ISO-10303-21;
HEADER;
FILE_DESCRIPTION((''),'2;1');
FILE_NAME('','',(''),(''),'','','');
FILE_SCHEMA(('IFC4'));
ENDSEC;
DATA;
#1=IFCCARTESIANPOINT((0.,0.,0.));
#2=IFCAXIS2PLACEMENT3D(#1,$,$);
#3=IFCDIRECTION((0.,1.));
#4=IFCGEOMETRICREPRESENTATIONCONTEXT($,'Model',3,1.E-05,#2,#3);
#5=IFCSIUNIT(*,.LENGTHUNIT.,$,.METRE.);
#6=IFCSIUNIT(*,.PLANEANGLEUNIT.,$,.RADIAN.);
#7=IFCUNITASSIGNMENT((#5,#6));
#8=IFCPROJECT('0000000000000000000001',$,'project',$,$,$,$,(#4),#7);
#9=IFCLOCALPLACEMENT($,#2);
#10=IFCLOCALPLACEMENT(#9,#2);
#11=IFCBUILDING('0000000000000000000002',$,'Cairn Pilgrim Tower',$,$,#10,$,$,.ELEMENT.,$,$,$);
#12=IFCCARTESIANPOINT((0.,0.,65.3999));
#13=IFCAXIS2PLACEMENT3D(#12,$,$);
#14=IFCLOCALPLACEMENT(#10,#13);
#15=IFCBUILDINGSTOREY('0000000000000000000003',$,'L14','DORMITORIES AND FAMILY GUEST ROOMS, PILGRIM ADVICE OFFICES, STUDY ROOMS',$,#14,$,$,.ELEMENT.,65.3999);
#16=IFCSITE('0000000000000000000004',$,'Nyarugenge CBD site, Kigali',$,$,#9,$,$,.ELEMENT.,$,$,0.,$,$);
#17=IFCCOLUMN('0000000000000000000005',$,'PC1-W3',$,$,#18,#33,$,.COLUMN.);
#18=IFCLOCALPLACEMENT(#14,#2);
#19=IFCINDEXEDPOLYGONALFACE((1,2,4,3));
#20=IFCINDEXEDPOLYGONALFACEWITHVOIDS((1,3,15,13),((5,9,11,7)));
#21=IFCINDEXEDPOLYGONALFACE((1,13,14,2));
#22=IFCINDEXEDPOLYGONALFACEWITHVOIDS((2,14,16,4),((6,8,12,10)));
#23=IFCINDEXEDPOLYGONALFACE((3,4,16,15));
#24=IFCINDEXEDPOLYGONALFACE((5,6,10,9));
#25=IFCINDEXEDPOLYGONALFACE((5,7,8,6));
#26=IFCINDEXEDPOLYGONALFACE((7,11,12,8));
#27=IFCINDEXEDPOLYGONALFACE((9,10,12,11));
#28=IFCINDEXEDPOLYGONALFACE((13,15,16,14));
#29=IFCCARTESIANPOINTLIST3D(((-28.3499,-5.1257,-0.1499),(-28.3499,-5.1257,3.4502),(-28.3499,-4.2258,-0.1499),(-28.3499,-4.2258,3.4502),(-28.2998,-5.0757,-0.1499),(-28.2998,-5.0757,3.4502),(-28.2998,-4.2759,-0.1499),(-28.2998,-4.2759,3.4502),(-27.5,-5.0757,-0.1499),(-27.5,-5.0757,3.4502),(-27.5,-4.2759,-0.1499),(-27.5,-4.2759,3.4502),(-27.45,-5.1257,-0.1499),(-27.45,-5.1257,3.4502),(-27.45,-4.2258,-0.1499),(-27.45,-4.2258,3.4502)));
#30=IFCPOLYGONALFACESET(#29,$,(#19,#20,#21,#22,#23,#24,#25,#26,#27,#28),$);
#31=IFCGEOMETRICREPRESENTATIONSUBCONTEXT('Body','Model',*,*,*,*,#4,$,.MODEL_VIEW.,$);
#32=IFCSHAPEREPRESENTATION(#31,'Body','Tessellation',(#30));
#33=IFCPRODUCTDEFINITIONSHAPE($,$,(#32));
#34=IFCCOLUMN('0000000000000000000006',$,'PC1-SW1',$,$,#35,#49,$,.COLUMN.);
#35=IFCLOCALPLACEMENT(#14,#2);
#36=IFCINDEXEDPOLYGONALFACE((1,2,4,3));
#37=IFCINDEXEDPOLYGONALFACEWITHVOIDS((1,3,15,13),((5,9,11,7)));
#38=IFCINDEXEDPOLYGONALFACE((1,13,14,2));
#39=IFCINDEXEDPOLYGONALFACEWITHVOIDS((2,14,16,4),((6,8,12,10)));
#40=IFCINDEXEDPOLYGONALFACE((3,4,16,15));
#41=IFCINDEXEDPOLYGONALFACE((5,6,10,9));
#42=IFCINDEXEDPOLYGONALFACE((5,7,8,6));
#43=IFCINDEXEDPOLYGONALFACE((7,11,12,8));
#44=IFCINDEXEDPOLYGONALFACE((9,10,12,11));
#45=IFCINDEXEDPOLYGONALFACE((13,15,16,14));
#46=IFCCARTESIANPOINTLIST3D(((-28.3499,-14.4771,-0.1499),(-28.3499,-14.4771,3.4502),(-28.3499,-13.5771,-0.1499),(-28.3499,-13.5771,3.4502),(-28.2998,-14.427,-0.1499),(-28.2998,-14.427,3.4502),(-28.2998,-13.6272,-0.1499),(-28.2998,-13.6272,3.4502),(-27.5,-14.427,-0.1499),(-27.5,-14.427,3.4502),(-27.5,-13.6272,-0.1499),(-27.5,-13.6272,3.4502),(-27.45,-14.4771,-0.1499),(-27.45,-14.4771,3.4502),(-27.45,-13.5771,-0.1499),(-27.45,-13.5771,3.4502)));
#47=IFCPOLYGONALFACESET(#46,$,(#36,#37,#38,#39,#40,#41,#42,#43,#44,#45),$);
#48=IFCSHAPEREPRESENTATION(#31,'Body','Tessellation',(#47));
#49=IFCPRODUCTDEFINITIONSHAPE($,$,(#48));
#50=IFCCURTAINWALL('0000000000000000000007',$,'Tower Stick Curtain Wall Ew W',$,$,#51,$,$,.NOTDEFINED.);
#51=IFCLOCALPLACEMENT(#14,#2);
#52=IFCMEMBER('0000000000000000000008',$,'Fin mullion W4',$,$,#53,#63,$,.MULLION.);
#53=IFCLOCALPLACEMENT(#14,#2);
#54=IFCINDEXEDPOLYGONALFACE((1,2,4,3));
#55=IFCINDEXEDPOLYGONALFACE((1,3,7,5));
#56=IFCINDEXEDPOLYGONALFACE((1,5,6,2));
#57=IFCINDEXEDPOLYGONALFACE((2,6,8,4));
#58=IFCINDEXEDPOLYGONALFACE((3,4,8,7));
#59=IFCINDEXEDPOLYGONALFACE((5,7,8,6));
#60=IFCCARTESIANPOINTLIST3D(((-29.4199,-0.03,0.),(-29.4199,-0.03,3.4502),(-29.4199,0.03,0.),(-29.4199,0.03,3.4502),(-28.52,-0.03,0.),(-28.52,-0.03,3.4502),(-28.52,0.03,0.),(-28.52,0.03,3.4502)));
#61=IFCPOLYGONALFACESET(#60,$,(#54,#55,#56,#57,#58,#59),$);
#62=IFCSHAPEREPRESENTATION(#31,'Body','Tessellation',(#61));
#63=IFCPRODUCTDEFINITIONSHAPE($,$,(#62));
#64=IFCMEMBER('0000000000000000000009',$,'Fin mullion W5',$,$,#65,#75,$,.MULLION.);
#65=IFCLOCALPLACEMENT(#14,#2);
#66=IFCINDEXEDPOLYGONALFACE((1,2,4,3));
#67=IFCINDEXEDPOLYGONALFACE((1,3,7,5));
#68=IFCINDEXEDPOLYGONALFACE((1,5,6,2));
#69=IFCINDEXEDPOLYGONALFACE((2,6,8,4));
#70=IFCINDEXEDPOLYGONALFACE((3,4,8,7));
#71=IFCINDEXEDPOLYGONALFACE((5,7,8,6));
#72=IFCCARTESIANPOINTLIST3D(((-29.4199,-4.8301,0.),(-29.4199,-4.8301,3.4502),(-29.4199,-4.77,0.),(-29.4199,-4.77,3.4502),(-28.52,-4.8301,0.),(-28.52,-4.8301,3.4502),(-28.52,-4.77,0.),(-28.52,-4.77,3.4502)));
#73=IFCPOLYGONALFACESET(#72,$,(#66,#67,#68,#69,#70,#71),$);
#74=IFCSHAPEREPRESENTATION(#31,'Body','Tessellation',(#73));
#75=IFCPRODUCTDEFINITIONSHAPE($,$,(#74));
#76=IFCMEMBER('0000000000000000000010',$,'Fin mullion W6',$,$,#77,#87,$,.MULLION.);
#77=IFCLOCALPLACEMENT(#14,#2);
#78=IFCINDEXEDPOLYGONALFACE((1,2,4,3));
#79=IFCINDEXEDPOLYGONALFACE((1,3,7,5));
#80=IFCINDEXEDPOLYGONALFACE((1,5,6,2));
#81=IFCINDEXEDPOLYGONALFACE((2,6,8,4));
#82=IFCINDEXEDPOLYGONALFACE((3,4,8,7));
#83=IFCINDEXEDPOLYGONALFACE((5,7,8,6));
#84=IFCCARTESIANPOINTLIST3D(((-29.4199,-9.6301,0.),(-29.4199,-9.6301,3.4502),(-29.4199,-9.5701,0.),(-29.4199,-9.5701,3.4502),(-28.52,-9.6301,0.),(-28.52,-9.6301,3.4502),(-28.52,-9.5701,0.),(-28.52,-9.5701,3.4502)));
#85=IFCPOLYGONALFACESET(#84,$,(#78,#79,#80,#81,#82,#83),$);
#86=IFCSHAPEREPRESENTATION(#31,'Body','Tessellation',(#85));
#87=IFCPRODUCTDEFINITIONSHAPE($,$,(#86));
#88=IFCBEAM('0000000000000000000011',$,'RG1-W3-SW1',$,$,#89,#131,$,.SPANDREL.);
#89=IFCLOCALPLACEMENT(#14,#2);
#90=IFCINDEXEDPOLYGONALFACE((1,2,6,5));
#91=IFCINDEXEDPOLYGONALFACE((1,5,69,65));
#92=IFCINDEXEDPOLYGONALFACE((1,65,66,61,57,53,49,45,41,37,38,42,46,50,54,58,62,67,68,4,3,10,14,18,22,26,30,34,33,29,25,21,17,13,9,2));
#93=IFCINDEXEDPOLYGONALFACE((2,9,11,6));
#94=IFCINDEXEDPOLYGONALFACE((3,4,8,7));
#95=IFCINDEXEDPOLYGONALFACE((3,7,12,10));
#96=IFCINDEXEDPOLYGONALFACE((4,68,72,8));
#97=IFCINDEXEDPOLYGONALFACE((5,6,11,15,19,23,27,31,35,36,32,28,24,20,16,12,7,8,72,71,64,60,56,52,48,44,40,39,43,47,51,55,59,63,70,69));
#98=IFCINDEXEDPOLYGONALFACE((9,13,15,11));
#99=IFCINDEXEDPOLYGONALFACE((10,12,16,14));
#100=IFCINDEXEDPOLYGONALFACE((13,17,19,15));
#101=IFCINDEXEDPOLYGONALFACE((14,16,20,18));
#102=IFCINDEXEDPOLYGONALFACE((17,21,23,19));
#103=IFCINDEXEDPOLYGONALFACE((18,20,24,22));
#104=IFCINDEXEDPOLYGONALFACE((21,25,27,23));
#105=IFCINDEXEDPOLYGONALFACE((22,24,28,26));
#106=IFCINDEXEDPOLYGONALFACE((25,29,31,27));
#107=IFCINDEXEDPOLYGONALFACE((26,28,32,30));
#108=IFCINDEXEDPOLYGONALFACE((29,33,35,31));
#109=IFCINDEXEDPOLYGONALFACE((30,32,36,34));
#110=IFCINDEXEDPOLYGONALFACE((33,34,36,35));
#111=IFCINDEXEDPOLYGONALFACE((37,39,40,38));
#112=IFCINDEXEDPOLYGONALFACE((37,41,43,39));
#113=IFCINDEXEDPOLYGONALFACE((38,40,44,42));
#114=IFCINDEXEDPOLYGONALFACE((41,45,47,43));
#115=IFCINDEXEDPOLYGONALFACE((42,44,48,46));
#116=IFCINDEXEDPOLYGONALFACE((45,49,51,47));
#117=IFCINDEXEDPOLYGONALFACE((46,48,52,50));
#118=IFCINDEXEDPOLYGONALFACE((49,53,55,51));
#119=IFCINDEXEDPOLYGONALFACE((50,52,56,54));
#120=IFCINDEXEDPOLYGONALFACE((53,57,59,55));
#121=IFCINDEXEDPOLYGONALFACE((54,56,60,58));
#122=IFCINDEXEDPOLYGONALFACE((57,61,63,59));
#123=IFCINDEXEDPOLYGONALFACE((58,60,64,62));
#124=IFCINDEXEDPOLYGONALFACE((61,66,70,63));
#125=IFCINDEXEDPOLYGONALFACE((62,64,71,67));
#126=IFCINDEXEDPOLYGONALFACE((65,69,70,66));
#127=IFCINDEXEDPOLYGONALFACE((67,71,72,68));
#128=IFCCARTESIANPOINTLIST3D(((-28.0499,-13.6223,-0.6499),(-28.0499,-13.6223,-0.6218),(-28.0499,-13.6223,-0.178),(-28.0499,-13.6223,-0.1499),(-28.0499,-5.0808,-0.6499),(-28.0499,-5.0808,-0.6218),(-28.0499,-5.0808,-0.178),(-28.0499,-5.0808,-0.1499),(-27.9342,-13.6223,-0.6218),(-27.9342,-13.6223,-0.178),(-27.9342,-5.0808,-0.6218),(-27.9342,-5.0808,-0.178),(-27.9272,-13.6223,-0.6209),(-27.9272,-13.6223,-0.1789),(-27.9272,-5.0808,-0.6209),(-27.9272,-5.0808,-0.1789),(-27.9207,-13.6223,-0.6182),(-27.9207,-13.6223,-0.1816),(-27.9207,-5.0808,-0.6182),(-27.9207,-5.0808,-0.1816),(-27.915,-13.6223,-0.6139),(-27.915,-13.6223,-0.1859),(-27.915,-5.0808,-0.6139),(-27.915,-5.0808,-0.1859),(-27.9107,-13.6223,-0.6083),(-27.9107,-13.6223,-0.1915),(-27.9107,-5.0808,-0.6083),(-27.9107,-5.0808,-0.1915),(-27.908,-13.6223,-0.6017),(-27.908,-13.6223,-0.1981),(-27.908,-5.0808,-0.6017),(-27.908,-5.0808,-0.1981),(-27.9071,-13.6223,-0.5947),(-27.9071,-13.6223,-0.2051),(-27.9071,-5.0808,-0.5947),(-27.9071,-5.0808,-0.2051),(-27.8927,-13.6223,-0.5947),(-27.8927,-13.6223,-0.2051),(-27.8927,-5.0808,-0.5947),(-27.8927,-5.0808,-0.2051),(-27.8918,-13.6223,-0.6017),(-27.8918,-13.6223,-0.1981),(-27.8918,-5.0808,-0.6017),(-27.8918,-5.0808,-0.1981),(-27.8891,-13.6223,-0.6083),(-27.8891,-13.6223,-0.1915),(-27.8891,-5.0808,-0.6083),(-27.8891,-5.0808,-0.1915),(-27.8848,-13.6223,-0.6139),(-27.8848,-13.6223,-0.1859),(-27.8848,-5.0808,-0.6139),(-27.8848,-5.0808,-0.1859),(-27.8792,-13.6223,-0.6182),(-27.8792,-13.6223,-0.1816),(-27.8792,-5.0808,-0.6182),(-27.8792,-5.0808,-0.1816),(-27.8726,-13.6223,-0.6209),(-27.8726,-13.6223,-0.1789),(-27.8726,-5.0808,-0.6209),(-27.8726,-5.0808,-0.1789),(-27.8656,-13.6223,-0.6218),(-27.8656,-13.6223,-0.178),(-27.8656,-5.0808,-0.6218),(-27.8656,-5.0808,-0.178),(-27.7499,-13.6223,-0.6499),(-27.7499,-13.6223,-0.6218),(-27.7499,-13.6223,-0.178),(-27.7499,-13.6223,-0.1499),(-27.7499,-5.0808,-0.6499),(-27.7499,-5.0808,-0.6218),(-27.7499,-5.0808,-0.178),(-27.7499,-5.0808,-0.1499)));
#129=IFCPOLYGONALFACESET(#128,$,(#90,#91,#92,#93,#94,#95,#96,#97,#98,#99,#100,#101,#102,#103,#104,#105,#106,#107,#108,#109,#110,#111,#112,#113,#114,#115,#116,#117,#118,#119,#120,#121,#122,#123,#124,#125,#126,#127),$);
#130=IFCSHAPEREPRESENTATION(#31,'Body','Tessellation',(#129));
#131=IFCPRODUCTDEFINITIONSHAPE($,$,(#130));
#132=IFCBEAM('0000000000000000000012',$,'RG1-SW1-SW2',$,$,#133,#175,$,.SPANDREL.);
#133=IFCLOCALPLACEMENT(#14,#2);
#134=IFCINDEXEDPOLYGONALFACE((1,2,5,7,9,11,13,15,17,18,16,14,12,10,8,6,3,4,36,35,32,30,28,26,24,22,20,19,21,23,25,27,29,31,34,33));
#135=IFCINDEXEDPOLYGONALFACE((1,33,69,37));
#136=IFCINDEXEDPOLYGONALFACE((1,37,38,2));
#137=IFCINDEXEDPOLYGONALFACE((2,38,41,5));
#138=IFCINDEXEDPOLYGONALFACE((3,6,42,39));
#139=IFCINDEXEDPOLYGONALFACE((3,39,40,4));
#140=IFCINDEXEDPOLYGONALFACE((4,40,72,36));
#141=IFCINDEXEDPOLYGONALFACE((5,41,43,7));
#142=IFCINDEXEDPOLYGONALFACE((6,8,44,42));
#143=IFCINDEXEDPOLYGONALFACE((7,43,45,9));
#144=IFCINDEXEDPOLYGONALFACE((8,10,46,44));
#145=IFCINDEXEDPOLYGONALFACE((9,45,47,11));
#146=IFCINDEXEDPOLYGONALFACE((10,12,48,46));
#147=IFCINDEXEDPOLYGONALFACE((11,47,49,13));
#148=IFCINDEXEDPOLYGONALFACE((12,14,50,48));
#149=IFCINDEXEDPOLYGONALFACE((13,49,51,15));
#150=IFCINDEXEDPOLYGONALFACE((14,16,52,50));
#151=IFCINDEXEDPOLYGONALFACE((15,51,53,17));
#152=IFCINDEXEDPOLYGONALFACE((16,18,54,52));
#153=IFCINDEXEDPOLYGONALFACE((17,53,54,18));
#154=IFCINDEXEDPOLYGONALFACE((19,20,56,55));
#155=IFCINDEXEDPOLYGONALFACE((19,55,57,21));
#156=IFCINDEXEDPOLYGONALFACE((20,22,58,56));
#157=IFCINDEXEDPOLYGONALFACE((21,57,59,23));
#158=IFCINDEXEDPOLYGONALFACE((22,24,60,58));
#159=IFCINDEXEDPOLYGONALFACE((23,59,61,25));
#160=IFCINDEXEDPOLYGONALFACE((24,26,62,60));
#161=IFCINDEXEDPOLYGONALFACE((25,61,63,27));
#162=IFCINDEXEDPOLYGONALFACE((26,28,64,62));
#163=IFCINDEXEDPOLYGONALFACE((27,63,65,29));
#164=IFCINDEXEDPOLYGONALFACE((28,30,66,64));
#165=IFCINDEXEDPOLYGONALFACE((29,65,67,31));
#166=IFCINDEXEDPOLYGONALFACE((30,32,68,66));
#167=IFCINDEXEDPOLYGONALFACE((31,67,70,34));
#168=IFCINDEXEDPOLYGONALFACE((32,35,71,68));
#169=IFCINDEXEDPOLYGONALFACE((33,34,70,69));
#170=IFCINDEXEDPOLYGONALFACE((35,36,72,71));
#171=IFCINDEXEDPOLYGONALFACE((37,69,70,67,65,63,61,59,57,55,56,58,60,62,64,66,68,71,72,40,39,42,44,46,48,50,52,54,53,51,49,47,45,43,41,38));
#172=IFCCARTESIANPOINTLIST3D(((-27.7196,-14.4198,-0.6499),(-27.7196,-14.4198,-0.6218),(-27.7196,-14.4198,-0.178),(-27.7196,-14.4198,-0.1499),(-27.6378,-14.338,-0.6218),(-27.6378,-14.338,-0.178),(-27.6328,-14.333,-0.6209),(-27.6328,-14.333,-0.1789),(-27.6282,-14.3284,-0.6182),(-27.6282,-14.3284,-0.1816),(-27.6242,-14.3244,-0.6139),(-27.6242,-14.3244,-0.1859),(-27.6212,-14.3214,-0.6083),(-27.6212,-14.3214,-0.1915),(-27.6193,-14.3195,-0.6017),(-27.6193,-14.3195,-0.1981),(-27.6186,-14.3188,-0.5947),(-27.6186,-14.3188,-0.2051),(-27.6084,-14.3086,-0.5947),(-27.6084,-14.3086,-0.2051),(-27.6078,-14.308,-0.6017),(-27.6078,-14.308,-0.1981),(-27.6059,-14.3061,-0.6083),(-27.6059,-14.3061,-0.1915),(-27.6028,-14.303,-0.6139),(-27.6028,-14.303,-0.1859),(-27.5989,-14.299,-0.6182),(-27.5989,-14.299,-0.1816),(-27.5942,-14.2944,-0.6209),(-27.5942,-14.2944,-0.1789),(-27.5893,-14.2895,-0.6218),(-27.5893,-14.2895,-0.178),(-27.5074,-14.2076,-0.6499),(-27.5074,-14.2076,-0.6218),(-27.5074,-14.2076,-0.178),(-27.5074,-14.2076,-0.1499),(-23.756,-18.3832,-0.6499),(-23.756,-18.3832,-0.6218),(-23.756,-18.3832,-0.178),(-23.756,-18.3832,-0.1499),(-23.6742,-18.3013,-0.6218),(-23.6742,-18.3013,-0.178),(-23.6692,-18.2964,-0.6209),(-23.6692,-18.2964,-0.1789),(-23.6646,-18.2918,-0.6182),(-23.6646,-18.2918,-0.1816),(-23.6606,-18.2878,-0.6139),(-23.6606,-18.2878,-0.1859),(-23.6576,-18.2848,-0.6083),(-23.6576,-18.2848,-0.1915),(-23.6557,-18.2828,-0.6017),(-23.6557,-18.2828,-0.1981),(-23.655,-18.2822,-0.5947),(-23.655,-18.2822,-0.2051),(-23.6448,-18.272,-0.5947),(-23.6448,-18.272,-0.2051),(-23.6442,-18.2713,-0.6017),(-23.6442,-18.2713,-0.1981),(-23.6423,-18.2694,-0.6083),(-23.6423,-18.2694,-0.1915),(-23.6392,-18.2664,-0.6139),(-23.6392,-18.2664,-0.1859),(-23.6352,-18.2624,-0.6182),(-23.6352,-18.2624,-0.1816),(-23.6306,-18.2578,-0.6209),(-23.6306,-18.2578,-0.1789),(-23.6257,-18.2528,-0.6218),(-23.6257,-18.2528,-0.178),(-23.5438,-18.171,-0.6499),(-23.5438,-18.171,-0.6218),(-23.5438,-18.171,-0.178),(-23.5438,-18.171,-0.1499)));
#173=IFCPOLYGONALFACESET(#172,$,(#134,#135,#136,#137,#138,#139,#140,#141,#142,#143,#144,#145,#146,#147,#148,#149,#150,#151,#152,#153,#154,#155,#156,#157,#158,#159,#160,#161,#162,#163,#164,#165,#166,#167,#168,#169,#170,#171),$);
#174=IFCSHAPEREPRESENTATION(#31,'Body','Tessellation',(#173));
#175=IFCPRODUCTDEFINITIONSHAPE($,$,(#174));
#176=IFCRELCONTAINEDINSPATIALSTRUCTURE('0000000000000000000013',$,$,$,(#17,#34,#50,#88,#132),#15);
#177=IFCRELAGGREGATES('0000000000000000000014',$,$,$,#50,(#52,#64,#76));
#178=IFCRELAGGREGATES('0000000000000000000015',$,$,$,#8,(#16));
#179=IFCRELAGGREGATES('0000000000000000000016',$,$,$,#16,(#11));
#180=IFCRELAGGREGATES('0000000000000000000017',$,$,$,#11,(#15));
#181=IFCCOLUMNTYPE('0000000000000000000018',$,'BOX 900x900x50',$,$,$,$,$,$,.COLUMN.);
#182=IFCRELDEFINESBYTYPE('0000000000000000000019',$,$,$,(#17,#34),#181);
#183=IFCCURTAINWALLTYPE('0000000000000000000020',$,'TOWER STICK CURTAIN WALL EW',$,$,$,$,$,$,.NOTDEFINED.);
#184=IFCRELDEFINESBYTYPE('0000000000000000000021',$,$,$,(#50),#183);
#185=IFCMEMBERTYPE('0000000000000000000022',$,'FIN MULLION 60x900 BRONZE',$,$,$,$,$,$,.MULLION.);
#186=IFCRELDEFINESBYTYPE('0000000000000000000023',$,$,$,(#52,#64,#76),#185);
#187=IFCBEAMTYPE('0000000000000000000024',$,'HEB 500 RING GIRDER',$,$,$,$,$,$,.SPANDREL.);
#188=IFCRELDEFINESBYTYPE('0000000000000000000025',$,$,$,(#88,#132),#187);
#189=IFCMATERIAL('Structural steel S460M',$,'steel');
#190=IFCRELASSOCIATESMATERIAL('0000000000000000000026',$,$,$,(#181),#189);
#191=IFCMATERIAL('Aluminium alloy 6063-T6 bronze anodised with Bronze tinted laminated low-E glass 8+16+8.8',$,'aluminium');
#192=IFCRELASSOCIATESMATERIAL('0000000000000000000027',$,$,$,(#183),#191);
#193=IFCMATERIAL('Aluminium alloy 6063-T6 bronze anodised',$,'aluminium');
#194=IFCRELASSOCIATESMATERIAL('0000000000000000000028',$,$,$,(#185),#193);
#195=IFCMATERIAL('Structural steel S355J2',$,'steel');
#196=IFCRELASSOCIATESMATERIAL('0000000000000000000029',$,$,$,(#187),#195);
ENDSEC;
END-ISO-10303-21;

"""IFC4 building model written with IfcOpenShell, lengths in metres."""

from ifc_helpers import new_model, si_unit, direction, frame, origin, origin_2d, place, context, subcontext, project, spatial, rectangle, hollow_rectangle, i_section, extrude, material, material_profile, profile_set, type_object, element, aggregate, save


model = new_model("IFC4")

# Units and contexts
model_context = context("Model", 3, precision=1e-05, world=origin(), true_north=direction((0.0, 1.0)))
body_context = subcontext(model_context, "Body", "Model", "MODEL_VIEW")
ifc_project = project(units=[si_unit("LENGTHUNIT", "METRE"), si_unit("PLANEANGLEUNIT", "RADIAN")], contexts=[model_context])

# Site, building, storey
site_placement = place(None, origin())
site = spatial("IfcSite", under=ifc_project, at=site_placement, Name="Nyarugenge CBD site, Kigali", CompositionType="ELEMENT", RefElevation=0.0)
building_placement = place(site_placement, origin())
building = spatial("IfcBuilding", under=site, at=building_placement, Name="Cairn Pilgrim Tower", CompositionType="ELEMENT")
storey_placement = place(building_placement, frame((0.0, 0.0, 65.3999)))
storey = spatial("IfcBuildingStorey", under=building, at=storey_placement, Name="L14", Description="DORMITORIES AND FAMILY GUEST ROOMS, PILGRIM ADVICE OFFICES, STUDY ROOMS", CompositionType="ELEMENT", Elevation=65.3999)

# Columns
ifc_material_1 = material(Name="Structural steel S460M", Category="steel")
ifc_material_profile_1 = material_profile(ifc_material_1, hollow_rectangle(XDim=0.8999, YDim=0.8999, WallThickness=0.05, at=origin_2d()), Name="BOX 900x900x50")
ifc_profile_set_1 = profile_set([ifc_material_profile_1], Name="Structural steel S460M")
column_type = type_object("IfcColumnType", Name="BOX 900x900x50", PredefinedType="COLUMN", material=ifc_profile_set_1)
for number, where, z_axis, x_axis, name in (
    (1, (-27.8999, -4.6758, -0.1499), (0.0, 0.0, 1.0), (1.0, 0.0, 0.0), "PC1-W3"),
    (2, (-27.8999, -14.0271, -0.1499), (0.0, 0.0, 1.0), (1.0, 0.0, 0.0), "PC1-SW1"),
):
    element("IfcColumn", number, at=place(storey_placement, frame(where, z_axis=z_axis, x_axis=x_axis)), inside=storey, type_object=column_type, Name=name, PredefinedType="COLUMN", context=body_context, shape_type="SweptSolid", body=[
        extrude(hollow_rectangle(XDim=0.8999, YDim=0.8999, WallThickness=0.05, at=origin_2d()), origin(), (0.0, 0.0, 1.0), 3.6001),
    ])

# Curtain wall, members
ifc_material_2 = material(Name="Aluminium alloy 6063-T6 bronze anodised with Bronze tinted laminated low-E glass 8+16+8.8", Category="aluminium")
curtain_wall_type_1 = type_object("IfcCurtainWallType", Name="TOWER STICK CURTAIN WALL EW", PredefinedType="NOTDEFINED", material=ifc_material_2)
curtain_wall_1_placement = place(storey_placement, origin())
curtain_wall_1 = element("IfcCurtainWall", 3, at=curtain_wall_1_placement, inside=storey, type_object=curtain_wall_type_1, Name="Tower Stick Curtain Wall Ew W", PredefinedType="NOTDEFINED")
ifc_material_3 = material(Name="Aluminium alloy 6063-T6 bronze anodised", Category="aluminium")
ifc_material_profile_2 = material_profile(ifc_material_3, rectangle(XDim=0.8999, YDim=0.0601, at=origin_2d()), Name="FIN MULLION 60x900 BRONZE")
ifc_profile_set_2 = profile_set([ifc_material_profile_2], Name="Aluminium alloy 6063-T6 bronze anodised")
member_type_1 = type_object("IfcMemberType", Name="FIN MULLION 60x900 BRONZE", PredefinedType="MULLION", material=ifc_profile_set_2)
member_1_placement = place(storey_placement, frame((-28.97, 0.0, 0.0), z_axis=(0.0, 0.0, 1.0), x_axis=(-1.0, 0.0, 0.0)))
member_1 = element("IfcMember", 4, at=member_1_placement, type_object=member_type_1, Name="Fin mullion W4", PredefinedType="MULLION", context=body_context, shape_type="SweptSolid", body=[
    extrude(rectangle(XDim=0.8999, YDim=0.0601, at=origin_2d()), origin(), (0.0, 0.0, 1.0), 3.4502),
])
member_2_placement = place(storey_placement, frame((-28.97, -4.8, 0.0), z_axis=(0.0, 0.0, 1.0), x_axis=(-1.0, 0.0, 0.0)))
member_2 = element("IfcMember", 5, at=member_2_placement, type_object=member_type_1, Name="Fin mullion W5", PredefinedType="MULLION", context=body_context, shape_type="SweptSolid", body=[
    extrude(rectangle(XDim=0.8999, YDim=0.0601, at=origin_2d()), origin(), (0.0, 0.0, 1.0), 3.4502),
])
member_3_placement = place(storey_placement, frame((-28.97, -9.6001, 0.0), z_axis=(0.0, 0.0, 1.0), x_axis=(-1.0, 0.0, 0.0)))
member_3 = element("IfcMember", 6, at=member_3_placement, type_object=member_type_1, Name="Fin mullion W6", PredefinedType="MULLION", context=body_context, shape_type="SweptSolid", body=[
    extrude(rectangle(XDim=0.8999, YDim=0.0601, at=origin_2d()), origin(), (0.0, 0.0, 1.0), 3.4502),
])

# Beams
ifc_material_4 = material(Name="Structural steel S355J2", Category="steel")
ifc_material_profile_3 = material_profile(ifc_material_4, i_section(OverallWidth=0.3, OverallDepth=0.5, WebThickness=0.0144, FlangeThickness=0.0281, FilletRadius=0.0271, at=origin_2d()), Name="HEB 500")
ifc_profile_set_3 = profile_set([ifc_material_profile_3], Name="Structural steel S355J2")
beam_type_1 = type_object("IfcBeamType", Name="HEB 500 RING GIRDER", PredefinedType="SPANDREL", material=ifc_profile_set_3)
beam_1_placement = place(storey_placement, frame((-27.8999, -5.0808, -0.3999), z_axis=(0.0, -1.0, 0.0), x_axis=(1.0, 0.0, 0.0)))
element("IfcBeam", 7, at=beam_1_placement, inside=storey, type_object=beam_type_1, Name="RG1-W3-SW1", PredefinedType="SPANDREL", context=body_context, shape_type="SweptSolid", body=[
    extrude(i_section(OverallWidth=0.3, OverallDepth=0.5, WebThickness=0.0144, FlangeThickness=0.0281, FilletRadius=0.0271, at=origin_2d()), origin(), (0.0, 0.0, 1.0), 8.5415),
])
beam_2_placement = place(storey_placement, frame((-27.6135, -14.3137, -0.3999), z_axis=(0.707129, -0.707085, 0.0), x_axis=(0.707085, 0.707129, 0.0)))
element("IfcBeam", 8, at=beam_2_placement, inside=storey, type_object=beam_type_1, Name="RG1-SW1-SW2", PredefinedType="SPANDREL", context=body_context, shape_type="SweptSolid", body=[
    extrude(i_section(OverallWidth=0.3, OverallDepth=0.5, WebThickness=0.0144, FlangeThickness=0.0281, FilletRadius=0.0271, at=origin_2d()), origin(), (0.0, 0.0, 1.0), 5.6052),
])

aggregate(curtain_wall_1, [member_1, member_2, member_3])

save(model, "model.ifc")
